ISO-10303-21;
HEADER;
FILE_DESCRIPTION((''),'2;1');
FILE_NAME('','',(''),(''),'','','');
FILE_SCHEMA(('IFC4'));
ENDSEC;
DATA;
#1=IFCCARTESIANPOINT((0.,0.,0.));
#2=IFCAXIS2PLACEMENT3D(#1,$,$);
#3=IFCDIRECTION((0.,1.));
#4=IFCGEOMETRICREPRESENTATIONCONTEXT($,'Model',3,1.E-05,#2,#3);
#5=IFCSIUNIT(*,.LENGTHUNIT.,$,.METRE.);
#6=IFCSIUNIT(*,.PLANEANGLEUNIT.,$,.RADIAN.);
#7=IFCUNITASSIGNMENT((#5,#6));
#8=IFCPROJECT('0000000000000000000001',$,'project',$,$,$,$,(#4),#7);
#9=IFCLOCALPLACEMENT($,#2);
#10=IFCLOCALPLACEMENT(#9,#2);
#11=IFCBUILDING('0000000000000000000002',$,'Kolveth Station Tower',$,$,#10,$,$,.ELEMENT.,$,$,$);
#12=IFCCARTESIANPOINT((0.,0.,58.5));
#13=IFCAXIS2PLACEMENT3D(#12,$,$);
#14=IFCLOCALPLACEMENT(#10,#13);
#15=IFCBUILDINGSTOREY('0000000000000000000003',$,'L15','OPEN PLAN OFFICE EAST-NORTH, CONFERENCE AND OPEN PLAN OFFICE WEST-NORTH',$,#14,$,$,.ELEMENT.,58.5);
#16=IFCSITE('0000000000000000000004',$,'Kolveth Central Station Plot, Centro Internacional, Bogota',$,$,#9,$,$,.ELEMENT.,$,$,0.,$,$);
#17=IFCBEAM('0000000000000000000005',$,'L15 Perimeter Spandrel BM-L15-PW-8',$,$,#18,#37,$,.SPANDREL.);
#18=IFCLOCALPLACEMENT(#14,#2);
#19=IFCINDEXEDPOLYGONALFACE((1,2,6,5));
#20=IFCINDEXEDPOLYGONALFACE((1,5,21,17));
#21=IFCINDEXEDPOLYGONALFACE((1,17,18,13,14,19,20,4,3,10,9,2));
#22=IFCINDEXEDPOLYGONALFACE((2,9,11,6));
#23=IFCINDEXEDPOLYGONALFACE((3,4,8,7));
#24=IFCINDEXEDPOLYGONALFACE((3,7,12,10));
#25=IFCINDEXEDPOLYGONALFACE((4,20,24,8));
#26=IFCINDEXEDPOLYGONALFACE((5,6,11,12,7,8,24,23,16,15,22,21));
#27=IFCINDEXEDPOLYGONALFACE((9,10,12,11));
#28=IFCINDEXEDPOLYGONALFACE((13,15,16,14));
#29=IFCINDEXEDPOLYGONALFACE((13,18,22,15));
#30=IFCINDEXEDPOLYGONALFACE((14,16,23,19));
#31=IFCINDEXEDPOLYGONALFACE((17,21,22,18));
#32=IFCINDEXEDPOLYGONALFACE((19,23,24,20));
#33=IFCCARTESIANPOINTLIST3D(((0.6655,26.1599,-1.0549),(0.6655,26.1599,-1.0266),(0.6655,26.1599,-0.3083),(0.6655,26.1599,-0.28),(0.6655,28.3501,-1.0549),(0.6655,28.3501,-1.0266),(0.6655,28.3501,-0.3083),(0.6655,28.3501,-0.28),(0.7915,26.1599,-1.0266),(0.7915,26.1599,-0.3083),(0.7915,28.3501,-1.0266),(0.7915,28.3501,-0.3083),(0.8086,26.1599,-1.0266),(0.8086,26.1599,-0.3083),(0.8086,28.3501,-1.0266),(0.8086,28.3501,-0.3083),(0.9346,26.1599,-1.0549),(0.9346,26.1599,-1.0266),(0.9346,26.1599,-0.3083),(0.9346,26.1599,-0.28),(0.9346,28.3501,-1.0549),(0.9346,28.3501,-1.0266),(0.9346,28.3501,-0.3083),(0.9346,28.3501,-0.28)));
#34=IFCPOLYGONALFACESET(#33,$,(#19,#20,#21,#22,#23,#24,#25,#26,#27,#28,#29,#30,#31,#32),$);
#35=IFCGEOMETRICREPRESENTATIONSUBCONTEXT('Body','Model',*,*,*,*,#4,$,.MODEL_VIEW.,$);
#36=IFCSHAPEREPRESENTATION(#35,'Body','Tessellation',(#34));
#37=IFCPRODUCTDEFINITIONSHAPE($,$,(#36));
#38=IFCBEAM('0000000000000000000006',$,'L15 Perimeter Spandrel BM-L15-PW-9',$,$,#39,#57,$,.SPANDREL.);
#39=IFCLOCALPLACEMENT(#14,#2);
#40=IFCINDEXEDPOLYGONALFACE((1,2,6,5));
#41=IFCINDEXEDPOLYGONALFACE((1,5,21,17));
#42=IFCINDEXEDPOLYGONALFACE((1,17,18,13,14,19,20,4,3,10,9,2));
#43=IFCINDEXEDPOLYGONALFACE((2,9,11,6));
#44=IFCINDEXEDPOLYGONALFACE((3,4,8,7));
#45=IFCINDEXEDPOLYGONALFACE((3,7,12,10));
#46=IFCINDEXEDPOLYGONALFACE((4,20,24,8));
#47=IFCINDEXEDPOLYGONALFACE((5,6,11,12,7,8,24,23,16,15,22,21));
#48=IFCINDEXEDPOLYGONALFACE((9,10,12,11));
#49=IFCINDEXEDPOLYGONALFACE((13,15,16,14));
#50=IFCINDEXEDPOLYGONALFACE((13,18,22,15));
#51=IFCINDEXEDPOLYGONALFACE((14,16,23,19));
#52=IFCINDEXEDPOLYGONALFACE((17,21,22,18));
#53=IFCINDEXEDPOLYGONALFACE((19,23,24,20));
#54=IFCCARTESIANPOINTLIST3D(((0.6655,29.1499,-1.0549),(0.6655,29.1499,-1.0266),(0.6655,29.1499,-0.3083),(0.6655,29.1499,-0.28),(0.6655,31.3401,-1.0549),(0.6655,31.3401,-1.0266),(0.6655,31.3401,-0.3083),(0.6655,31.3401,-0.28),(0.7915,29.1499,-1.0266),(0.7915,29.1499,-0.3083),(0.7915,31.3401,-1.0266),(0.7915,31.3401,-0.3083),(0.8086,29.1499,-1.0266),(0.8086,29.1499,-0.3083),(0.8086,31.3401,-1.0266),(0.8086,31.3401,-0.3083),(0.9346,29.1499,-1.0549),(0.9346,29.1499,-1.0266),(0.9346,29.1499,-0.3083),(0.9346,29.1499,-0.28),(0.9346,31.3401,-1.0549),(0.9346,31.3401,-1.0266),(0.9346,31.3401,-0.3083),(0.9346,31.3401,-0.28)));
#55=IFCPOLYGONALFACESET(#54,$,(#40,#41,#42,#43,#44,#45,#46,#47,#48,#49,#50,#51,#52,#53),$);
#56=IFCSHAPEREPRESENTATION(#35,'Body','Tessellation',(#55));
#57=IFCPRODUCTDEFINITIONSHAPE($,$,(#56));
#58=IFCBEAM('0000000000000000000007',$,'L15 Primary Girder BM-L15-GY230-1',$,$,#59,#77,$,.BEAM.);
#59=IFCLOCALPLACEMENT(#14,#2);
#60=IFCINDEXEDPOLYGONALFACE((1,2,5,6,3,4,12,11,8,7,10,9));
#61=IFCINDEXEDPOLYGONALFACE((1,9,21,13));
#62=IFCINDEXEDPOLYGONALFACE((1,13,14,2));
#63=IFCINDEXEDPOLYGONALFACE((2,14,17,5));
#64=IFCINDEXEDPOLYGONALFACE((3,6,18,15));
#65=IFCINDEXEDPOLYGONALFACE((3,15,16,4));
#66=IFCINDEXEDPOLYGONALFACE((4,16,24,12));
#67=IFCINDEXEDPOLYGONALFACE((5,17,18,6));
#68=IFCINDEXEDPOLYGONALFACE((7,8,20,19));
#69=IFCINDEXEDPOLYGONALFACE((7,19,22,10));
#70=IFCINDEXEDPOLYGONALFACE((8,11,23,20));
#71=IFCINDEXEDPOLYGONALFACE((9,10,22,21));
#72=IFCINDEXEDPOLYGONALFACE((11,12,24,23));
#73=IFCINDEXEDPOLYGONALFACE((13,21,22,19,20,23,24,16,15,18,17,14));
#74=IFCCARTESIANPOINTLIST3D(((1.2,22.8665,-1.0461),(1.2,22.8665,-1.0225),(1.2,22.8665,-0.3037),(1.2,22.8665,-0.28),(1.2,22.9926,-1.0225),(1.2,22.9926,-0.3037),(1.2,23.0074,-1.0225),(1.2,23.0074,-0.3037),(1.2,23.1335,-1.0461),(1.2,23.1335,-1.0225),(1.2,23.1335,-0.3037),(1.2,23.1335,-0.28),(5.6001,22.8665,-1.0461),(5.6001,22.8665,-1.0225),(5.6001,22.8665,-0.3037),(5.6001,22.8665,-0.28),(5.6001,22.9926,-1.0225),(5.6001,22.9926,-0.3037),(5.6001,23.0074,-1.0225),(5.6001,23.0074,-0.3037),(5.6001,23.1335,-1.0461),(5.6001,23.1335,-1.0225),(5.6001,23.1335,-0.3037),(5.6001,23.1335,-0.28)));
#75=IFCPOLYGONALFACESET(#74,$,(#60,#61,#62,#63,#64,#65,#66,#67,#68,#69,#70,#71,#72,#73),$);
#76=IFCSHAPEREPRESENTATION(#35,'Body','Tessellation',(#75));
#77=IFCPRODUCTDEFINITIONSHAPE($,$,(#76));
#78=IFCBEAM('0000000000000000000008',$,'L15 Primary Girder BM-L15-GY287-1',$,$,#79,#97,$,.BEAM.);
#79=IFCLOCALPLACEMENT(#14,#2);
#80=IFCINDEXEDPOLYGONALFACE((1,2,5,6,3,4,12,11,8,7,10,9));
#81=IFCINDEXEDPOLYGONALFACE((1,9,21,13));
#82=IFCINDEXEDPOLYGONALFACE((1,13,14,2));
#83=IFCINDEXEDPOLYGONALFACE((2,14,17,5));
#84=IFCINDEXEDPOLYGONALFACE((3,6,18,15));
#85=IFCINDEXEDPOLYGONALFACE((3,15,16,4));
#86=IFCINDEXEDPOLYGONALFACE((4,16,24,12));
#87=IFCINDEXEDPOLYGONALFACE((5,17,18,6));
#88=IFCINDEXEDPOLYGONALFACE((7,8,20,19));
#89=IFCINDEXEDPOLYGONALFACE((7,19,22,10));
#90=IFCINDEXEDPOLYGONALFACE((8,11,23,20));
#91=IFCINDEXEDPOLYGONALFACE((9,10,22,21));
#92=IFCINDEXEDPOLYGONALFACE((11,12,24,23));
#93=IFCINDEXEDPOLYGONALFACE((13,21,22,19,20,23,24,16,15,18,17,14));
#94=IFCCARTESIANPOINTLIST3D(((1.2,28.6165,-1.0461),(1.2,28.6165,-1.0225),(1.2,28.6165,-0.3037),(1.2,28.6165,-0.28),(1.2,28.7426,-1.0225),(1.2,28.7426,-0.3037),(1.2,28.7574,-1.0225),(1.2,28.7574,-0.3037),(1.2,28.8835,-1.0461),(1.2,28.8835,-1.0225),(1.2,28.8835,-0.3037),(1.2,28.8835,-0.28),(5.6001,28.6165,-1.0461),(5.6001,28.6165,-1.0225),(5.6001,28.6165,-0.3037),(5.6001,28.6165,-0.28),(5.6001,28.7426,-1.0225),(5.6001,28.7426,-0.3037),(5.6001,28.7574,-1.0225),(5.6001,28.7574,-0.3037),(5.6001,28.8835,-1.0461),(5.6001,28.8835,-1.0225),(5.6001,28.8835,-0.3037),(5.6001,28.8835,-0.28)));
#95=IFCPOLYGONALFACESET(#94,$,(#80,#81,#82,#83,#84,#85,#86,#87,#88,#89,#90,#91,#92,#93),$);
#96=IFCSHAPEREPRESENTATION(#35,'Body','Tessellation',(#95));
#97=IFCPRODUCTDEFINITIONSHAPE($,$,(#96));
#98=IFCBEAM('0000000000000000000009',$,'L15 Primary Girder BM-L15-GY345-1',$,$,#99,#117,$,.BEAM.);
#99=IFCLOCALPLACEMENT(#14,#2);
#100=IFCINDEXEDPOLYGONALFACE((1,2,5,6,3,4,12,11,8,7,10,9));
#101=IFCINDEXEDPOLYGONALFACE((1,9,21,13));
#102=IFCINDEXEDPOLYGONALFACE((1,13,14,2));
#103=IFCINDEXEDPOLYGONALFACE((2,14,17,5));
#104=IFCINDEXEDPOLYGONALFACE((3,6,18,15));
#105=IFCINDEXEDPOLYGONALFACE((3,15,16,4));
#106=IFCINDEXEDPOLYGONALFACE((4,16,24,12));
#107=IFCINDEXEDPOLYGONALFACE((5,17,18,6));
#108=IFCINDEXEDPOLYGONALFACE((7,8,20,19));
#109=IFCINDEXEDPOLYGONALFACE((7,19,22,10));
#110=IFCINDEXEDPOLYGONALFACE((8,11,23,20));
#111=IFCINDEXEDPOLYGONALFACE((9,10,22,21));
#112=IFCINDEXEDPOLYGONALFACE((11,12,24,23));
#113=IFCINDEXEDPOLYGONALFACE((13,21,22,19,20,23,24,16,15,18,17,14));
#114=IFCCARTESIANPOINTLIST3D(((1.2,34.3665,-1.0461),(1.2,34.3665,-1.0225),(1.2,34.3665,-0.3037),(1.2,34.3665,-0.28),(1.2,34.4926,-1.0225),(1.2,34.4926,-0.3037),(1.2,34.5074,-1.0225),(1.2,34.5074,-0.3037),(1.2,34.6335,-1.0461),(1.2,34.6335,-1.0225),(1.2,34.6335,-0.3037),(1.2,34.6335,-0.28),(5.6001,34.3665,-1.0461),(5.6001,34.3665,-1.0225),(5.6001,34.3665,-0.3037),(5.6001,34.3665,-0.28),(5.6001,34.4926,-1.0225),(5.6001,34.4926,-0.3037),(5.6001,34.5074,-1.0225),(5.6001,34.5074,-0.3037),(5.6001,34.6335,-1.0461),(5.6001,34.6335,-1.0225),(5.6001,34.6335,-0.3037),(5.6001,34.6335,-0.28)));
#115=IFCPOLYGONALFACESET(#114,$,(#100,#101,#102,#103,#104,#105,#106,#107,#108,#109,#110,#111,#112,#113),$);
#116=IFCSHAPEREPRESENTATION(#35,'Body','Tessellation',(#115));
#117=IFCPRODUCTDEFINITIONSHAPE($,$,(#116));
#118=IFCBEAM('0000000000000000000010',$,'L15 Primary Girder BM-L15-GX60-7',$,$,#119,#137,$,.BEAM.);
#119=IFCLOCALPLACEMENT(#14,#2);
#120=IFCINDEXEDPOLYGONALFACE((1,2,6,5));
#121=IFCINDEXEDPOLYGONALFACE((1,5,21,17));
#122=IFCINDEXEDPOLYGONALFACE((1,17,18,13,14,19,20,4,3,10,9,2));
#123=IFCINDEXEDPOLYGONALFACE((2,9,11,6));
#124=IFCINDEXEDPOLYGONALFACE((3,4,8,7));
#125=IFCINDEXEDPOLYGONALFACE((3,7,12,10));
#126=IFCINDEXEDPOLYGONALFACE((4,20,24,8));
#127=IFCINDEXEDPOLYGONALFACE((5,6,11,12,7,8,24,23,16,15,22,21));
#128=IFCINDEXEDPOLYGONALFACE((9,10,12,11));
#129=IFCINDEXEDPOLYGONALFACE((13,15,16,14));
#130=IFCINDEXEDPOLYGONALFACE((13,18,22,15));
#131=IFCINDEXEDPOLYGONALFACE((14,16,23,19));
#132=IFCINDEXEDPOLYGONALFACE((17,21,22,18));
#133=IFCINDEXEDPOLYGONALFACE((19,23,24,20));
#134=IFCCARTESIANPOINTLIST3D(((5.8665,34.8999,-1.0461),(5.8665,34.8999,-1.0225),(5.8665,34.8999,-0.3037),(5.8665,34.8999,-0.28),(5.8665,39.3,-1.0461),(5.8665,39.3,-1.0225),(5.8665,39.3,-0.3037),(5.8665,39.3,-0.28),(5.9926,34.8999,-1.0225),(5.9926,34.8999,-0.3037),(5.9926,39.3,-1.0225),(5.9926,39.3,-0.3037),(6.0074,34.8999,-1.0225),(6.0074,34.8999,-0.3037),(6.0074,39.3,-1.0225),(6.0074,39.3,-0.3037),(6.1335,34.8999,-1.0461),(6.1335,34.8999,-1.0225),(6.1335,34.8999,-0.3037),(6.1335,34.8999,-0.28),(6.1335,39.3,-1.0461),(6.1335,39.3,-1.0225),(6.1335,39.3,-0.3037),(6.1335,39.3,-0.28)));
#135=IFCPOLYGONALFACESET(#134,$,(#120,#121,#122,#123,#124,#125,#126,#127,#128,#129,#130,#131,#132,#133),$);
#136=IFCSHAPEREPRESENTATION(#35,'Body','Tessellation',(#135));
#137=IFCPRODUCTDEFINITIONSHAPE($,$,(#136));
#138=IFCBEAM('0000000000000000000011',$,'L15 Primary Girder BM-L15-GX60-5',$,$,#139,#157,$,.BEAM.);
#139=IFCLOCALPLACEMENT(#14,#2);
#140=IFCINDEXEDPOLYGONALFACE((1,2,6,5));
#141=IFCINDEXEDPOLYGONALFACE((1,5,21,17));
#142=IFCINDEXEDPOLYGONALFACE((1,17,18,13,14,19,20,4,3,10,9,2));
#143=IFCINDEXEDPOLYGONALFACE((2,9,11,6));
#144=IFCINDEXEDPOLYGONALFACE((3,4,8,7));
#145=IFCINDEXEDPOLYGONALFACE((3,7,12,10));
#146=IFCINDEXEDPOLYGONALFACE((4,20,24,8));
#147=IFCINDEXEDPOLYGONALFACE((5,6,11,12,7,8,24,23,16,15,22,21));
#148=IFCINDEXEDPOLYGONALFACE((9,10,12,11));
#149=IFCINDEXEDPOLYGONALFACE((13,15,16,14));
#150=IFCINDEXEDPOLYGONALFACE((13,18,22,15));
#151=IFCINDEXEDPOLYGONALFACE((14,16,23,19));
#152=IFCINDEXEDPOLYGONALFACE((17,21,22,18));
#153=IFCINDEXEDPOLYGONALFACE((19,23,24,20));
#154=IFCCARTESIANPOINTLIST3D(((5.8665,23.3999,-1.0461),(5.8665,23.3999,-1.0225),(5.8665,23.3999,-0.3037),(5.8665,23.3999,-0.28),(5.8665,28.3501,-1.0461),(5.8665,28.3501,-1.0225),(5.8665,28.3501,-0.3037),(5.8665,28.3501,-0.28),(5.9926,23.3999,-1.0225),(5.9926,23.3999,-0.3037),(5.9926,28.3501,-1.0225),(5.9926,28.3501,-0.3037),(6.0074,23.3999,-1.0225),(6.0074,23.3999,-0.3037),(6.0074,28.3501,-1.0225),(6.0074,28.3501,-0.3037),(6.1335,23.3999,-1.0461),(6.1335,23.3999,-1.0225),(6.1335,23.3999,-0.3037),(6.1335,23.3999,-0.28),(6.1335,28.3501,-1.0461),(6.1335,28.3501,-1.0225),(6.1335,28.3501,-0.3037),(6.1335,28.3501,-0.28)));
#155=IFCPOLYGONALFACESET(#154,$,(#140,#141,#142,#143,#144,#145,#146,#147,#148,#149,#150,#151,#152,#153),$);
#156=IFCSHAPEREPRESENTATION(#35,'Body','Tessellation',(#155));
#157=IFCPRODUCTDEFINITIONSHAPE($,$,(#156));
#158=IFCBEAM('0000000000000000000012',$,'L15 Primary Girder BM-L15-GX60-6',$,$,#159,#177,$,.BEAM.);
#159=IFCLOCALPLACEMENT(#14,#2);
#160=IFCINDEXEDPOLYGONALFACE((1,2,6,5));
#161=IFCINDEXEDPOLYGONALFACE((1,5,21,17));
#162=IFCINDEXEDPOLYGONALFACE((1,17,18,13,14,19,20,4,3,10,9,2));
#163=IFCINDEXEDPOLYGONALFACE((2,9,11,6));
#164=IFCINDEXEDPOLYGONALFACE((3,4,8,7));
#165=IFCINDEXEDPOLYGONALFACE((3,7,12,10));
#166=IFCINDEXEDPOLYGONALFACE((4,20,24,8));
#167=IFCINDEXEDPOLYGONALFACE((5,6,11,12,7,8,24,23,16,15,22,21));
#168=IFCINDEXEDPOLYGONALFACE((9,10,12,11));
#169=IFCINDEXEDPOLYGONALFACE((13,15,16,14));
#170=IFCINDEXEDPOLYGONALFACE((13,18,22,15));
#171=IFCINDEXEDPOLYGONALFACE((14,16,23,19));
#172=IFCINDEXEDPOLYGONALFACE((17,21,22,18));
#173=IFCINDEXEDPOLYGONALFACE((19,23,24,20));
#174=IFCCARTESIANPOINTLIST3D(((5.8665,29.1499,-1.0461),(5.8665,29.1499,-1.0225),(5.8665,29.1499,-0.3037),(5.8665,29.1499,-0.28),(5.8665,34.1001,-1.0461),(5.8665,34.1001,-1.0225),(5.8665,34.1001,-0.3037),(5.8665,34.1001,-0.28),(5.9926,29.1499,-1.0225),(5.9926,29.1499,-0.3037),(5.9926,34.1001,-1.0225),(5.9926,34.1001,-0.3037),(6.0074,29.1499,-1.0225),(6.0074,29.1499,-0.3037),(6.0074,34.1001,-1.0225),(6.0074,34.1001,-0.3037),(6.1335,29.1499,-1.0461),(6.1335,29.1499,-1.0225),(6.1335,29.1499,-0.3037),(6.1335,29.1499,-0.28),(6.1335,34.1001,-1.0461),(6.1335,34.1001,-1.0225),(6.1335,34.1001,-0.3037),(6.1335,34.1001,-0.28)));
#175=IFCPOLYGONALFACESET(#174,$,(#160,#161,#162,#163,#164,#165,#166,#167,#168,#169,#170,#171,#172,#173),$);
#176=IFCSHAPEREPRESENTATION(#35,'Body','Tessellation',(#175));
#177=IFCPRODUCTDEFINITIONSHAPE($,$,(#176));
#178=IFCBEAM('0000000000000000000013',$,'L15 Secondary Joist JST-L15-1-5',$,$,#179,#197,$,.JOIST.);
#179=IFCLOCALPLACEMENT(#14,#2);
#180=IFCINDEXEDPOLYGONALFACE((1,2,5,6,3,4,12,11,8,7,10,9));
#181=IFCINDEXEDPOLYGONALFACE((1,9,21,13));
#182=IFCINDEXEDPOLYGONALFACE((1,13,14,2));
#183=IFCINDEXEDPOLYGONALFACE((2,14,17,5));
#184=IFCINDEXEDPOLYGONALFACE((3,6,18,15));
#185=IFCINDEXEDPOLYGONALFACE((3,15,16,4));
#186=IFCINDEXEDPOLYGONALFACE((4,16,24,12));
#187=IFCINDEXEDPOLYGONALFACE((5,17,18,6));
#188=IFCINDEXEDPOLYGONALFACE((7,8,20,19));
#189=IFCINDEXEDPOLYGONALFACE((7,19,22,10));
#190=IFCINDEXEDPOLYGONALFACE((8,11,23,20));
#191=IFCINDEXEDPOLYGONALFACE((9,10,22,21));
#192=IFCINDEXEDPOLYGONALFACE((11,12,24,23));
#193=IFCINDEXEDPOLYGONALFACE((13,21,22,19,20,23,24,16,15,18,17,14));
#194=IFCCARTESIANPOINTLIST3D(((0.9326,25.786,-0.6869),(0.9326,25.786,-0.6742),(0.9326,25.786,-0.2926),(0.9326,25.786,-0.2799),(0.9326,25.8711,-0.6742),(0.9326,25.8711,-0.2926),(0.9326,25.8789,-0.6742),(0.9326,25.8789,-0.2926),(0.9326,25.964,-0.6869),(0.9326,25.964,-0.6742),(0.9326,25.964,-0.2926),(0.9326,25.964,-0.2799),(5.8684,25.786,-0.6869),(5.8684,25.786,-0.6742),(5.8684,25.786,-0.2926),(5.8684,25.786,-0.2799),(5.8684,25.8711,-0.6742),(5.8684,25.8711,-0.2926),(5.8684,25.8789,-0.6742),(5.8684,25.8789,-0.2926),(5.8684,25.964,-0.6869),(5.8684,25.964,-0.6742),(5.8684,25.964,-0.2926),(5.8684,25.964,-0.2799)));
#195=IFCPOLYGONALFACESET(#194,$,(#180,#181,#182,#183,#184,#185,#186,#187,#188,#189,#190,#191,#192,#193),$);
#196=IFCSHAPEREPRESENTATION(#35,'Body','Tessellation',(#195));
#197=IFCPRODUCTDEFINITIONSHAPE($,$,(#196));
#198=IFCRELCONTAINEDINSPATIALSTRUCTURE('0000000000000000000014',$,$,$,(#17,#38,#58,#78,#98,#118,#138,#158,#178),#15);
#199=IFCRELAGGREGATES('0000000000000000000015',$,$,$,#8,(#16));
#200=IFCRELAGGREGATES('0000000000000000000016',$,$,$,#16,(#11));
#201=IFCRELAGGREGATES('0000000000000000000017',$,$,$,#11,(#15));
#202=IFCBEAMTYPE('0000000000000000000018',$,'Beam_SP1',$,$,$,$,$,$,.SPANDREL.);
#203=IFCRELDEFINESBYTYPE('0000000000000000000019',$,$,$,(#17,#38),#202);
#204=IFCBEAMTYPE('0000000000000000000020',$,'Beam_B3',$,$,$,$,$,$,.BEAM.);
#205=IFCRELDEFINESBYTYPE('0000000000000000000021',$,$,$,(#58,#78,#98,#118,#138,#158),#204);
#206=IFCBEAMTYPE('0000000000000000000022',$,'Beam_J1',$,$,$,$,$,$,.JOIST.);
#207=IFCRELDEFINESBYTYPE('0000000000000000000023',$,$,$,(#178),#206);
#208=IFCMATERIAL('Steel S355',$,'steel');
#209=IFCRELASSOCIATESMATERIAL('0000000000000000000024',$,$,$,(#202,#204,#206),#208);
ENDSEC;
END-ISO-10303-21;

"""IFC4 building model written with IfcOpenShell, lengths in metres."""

from ifc_helpers import new_model, si_unit, direction, frame, origin, origin_2d, place, context, subcontext, project, spatial, i_section, extrude, source, transform, mapped, material, material_profile, profile_set, type_object, element, save


model = new_model("IFC4")

# Units and contexts
model_context = context("Model", 3, precision=1e-05, world=origin(), true_north=direction((0.0, 1.0)))
body_context = subcontext(model_context, "Body", "Model", "MODEL_VIEW")
ifc_project = project(units=[si_unit("LENGTHUNIT", "METRE"), si_unit("PLANEANGLEUNIT", "RADIAN")], contexts=[model_context])

# Site, building, storey
site_placement = place(None, origin())
site = spatial("IfcSite", under=ifc_project, at=site_placement, Name="Kolveth Central Station Plot, Centro Internacional, Bogota", CompositionType="ELEMENT", RefElevation=0.0)
building_placement = place(site_placement, origin())
building = spatial("IfcBuilding", under=site, at=building_placement, Name="Kolveth Station Tower", CompositionType="ELEMENT")
storey_placement = place(building_placement, frame((0.0, 0.0, 58.5)))
storey = spatial("IfcBuildingStorey", under=building, at=storey_placement, Name="L15", Description="OPEN PLAN OFFICE EAST-NORTH, CONFERENCE AND OPEN PLAN OFFICE WEST-NORTH", CompositionType="ELEMENT", Elevation=58.5)

# Shared definitions
ifc_material_1 = material(Name="Steel S355", Category="steel")

# Beams
ifc_material_profile_1 = material_profile(ifc_material_1, i_section(OverallWidth=0.269, OverallDepth=0.7749, WebThickness=0.0171, FlangeThickness=0.0283, at=origin_2d()), Name="W760x220")
ifc_profile_set_1 = profile_set([ifc_material_profile_1], Name="Steel S355")
beam_type_1 = type_object("IfcBeamType", Name="Beam_SP1", PredefinedType="SPANDREL", material=ifc_profile_set_1)
shared_shape_1 = source(origin(), body_context, "Body", "SweptSolid", [
    extrude(i_section(OverallWidth=0.269, OverallDepth=0.7749, WebThickness=0.0171, FlangeThickness=0.0283, at=origin_2d()), origin(), (0.0, 0.0, 1.0), 2.1902),
])
for number, where, z_axis, x_axis, name in (
    (1, (0.8, 26.1599, -0.6675), (0.0, 1.0, 0.0), (-1.0, 0.0, 0.0), "L15 Perimeter Spandrel BM-L15-PW-8"),
    (2, (0.8, 29.1499, -0.6675), (0.0, 1.0, 0.0), (-1.0, 0.0, 0.0), "L15 Perimeter Spandrel BM-L15-PW-9"),
):
    element("IfcBeam", number, at=place(storey_placement, frame(where, z_axis=z_axis, x_axis=x_axis)), inside=storey, type_object=beam_type_1, Name=name, PredefinedType="SPANDREL", context=body_context, shape_type="MappedRepresentation", body=[
        mapped(shared_shape_1, transform((0.0, 0.0, 0.0), x_axis=(1.0, 0.0, 0.0), y_axis=(0.0, 1.0, 0.0), z_axis=(0.0, 0.0, 1.0), scale=1.0)),
    ])
ifc_material_profile_2 = material_profile(ifc_material_1, i_section(OverallWidth=0.2671, OverallDepth=0.7661, WebThickness=0.0149, FlangeThickness=0.0237, at=origin_2d()), Name="W760x185")
ifc_profile_set_2 = profile_set([ifc_material_profile_2], Name="Steel S355")
beam_type_2 = type_object("IfcBeamType", Name="Beam_B3", PredefinedType="BEAM", material=ifc_profile_set_2)
shared_shape_2 = source(origin(), body_context, "Body", "SweptSolid", [
    extrude(i_section(OverallWidth=0.2671, OverallDepth=0.7661, WebThickness=0.0149, FlangeThickness=0.0237, at=origin_2d()), origin(), (0.0, 0.0, 1.0), 4.4001),
])
for number, where, z_axis, x_axis, name in (
    (3, (1.2, 23.0, -0.6631), (1.0, 0.0, 0.0), (0.0, 1.0, 0.0), "L15 Primary Girder BM-L15-GY230-1"),
    (4, (1.2, 28.75, -0.6631), (1.0, 0.0, 0.0), (0.0, 1.0, 0.0), "L15 Primary Girder BM-L15-GY287-1"),
    (5, (1.2, 34.5, -0.6631), (1.0, 0.0, 0.0), (0.0, 1.0, 0.0), "L15 Primary Girder BM-L15-GY345-1"),
    (6, (6.0, 34.8999, -0.6631), (0.0, 1.0, 0.0), (-1.0, 0.0, 0.0), "L15 Primary Girder BM-L15-GX60-7"),
):
    element("IfcBeam", number, at=place(storey_placement, frame(where, z_axis=z_axis, x_axis=x_axis)), inside=storey, type_object=beam_type_2, Name=name, PredefinedType="BEAM", context=body_context, shape_type="MappedRepresentation", body=[
        mapped(shared_shape_2, transform((0.0, 0.0, 0.0), x_axis=(1.0, 0.0, 0.0), y_axis=(0.0, 1.0, 0.0), z_axis=(0.0, 0.0, 1.0), scale=1.0)),
    ])
shared_shape_3 = source(origin(), body_context, "Body", "SweptSolid", [
    extrude(i_section(OverallWidth=0.2671, OverallDepth=0.7661, WebThickness=0.0149, FlangeThickness=0.0237, at=origin_2d()), origin(), (0.0, 0.0, 1.0), 4.9502),
])
for number, where, z_axis, x_axis, name in (
    (7, (6.0, 23.3999, -0.6631), (0.0, 1.0, 0.0), (-1.0, 0.0, 0.0), "L15 Primary Girder BM-L15-GX60-5"),
    (8, (6.0, 29.1499, -0.6631), (0.0, 1.0, 0.0), (-1.0, 0.0, 0.0), "L15 Primary Girder BM-L15-GX60-6"),
):
    element("IfcBeam", number, at=place(storey_placement, frame(where, z_axis=z_axis, x_axis=x_axis)), inside=storey, type_object=beam_type_2, Name=name, PredefinedType="BEAM", context=body_context, shape_type="MappedRepresentation", body=[
        mapped(shared_shape_3, transform((0.0, 0.0, 0.0), x_axis=(1.0, 0.0, 0.0), y_axis=(0.0, 1.0, 0.0), z_axis=(0.0, 0.0, 1.0), scale=1.0)),
    ])
ifc_material_profile_3 = material_profile(ifc_material_1, i_section(OverallWidth=0.178, OverallDepth=0.407, WebThickness=0.0078, FlangeThickness=0.0127, at=origin_2d()), Name="W410x60")
ifc_profile_set_3 = profile_set([ifc_material_profile_3], Name="Steel S355")
beam_type_3 = type_object("IfcBeamType", Name="Beam_J1", PredefinedType="JOIST", material=ifc_profile_set_3)
shared_shape_4 = source(origin(), body_context, "Body", "SweptSolid", [
    extrude(i_section(OverallWidth=0.178, OverallDepth=0.407, WebThickness=0.0078, FlangeThickness=0.0127, at=origin_2d()), origin(), (0.0, 0.0, 1.0), 4.9358),
])
for number, where, z_axis, x_axis, name in (
    (9, (0.9326, 25.875, -0.4834), (1.0, 0.0, 0.0), (0.0, 1.0, 0.0), "L15 Secondary Joist JST-L15-1-5"),
):
    element("IfcBeam", number, at=place(storey_placement, frame(where, z_axis=z_axis, x_axis=x_axis)), inside=storey, type_object=beam_type_3, Name=name, PredefinedType="JOIST", context=body_context, shape_type="MappedRepresentation", body=[
        mapped(shared_shape_4, transform((0.0, 0.0, 0.0), x_axis=(1.0, 0.0, 0.0), y_axis=(0.0, 1.0, 0.0), z_axis=(0.0, 0.0, 1.0), scale=1.0)),
    ])

save(model, "model.ifc")
